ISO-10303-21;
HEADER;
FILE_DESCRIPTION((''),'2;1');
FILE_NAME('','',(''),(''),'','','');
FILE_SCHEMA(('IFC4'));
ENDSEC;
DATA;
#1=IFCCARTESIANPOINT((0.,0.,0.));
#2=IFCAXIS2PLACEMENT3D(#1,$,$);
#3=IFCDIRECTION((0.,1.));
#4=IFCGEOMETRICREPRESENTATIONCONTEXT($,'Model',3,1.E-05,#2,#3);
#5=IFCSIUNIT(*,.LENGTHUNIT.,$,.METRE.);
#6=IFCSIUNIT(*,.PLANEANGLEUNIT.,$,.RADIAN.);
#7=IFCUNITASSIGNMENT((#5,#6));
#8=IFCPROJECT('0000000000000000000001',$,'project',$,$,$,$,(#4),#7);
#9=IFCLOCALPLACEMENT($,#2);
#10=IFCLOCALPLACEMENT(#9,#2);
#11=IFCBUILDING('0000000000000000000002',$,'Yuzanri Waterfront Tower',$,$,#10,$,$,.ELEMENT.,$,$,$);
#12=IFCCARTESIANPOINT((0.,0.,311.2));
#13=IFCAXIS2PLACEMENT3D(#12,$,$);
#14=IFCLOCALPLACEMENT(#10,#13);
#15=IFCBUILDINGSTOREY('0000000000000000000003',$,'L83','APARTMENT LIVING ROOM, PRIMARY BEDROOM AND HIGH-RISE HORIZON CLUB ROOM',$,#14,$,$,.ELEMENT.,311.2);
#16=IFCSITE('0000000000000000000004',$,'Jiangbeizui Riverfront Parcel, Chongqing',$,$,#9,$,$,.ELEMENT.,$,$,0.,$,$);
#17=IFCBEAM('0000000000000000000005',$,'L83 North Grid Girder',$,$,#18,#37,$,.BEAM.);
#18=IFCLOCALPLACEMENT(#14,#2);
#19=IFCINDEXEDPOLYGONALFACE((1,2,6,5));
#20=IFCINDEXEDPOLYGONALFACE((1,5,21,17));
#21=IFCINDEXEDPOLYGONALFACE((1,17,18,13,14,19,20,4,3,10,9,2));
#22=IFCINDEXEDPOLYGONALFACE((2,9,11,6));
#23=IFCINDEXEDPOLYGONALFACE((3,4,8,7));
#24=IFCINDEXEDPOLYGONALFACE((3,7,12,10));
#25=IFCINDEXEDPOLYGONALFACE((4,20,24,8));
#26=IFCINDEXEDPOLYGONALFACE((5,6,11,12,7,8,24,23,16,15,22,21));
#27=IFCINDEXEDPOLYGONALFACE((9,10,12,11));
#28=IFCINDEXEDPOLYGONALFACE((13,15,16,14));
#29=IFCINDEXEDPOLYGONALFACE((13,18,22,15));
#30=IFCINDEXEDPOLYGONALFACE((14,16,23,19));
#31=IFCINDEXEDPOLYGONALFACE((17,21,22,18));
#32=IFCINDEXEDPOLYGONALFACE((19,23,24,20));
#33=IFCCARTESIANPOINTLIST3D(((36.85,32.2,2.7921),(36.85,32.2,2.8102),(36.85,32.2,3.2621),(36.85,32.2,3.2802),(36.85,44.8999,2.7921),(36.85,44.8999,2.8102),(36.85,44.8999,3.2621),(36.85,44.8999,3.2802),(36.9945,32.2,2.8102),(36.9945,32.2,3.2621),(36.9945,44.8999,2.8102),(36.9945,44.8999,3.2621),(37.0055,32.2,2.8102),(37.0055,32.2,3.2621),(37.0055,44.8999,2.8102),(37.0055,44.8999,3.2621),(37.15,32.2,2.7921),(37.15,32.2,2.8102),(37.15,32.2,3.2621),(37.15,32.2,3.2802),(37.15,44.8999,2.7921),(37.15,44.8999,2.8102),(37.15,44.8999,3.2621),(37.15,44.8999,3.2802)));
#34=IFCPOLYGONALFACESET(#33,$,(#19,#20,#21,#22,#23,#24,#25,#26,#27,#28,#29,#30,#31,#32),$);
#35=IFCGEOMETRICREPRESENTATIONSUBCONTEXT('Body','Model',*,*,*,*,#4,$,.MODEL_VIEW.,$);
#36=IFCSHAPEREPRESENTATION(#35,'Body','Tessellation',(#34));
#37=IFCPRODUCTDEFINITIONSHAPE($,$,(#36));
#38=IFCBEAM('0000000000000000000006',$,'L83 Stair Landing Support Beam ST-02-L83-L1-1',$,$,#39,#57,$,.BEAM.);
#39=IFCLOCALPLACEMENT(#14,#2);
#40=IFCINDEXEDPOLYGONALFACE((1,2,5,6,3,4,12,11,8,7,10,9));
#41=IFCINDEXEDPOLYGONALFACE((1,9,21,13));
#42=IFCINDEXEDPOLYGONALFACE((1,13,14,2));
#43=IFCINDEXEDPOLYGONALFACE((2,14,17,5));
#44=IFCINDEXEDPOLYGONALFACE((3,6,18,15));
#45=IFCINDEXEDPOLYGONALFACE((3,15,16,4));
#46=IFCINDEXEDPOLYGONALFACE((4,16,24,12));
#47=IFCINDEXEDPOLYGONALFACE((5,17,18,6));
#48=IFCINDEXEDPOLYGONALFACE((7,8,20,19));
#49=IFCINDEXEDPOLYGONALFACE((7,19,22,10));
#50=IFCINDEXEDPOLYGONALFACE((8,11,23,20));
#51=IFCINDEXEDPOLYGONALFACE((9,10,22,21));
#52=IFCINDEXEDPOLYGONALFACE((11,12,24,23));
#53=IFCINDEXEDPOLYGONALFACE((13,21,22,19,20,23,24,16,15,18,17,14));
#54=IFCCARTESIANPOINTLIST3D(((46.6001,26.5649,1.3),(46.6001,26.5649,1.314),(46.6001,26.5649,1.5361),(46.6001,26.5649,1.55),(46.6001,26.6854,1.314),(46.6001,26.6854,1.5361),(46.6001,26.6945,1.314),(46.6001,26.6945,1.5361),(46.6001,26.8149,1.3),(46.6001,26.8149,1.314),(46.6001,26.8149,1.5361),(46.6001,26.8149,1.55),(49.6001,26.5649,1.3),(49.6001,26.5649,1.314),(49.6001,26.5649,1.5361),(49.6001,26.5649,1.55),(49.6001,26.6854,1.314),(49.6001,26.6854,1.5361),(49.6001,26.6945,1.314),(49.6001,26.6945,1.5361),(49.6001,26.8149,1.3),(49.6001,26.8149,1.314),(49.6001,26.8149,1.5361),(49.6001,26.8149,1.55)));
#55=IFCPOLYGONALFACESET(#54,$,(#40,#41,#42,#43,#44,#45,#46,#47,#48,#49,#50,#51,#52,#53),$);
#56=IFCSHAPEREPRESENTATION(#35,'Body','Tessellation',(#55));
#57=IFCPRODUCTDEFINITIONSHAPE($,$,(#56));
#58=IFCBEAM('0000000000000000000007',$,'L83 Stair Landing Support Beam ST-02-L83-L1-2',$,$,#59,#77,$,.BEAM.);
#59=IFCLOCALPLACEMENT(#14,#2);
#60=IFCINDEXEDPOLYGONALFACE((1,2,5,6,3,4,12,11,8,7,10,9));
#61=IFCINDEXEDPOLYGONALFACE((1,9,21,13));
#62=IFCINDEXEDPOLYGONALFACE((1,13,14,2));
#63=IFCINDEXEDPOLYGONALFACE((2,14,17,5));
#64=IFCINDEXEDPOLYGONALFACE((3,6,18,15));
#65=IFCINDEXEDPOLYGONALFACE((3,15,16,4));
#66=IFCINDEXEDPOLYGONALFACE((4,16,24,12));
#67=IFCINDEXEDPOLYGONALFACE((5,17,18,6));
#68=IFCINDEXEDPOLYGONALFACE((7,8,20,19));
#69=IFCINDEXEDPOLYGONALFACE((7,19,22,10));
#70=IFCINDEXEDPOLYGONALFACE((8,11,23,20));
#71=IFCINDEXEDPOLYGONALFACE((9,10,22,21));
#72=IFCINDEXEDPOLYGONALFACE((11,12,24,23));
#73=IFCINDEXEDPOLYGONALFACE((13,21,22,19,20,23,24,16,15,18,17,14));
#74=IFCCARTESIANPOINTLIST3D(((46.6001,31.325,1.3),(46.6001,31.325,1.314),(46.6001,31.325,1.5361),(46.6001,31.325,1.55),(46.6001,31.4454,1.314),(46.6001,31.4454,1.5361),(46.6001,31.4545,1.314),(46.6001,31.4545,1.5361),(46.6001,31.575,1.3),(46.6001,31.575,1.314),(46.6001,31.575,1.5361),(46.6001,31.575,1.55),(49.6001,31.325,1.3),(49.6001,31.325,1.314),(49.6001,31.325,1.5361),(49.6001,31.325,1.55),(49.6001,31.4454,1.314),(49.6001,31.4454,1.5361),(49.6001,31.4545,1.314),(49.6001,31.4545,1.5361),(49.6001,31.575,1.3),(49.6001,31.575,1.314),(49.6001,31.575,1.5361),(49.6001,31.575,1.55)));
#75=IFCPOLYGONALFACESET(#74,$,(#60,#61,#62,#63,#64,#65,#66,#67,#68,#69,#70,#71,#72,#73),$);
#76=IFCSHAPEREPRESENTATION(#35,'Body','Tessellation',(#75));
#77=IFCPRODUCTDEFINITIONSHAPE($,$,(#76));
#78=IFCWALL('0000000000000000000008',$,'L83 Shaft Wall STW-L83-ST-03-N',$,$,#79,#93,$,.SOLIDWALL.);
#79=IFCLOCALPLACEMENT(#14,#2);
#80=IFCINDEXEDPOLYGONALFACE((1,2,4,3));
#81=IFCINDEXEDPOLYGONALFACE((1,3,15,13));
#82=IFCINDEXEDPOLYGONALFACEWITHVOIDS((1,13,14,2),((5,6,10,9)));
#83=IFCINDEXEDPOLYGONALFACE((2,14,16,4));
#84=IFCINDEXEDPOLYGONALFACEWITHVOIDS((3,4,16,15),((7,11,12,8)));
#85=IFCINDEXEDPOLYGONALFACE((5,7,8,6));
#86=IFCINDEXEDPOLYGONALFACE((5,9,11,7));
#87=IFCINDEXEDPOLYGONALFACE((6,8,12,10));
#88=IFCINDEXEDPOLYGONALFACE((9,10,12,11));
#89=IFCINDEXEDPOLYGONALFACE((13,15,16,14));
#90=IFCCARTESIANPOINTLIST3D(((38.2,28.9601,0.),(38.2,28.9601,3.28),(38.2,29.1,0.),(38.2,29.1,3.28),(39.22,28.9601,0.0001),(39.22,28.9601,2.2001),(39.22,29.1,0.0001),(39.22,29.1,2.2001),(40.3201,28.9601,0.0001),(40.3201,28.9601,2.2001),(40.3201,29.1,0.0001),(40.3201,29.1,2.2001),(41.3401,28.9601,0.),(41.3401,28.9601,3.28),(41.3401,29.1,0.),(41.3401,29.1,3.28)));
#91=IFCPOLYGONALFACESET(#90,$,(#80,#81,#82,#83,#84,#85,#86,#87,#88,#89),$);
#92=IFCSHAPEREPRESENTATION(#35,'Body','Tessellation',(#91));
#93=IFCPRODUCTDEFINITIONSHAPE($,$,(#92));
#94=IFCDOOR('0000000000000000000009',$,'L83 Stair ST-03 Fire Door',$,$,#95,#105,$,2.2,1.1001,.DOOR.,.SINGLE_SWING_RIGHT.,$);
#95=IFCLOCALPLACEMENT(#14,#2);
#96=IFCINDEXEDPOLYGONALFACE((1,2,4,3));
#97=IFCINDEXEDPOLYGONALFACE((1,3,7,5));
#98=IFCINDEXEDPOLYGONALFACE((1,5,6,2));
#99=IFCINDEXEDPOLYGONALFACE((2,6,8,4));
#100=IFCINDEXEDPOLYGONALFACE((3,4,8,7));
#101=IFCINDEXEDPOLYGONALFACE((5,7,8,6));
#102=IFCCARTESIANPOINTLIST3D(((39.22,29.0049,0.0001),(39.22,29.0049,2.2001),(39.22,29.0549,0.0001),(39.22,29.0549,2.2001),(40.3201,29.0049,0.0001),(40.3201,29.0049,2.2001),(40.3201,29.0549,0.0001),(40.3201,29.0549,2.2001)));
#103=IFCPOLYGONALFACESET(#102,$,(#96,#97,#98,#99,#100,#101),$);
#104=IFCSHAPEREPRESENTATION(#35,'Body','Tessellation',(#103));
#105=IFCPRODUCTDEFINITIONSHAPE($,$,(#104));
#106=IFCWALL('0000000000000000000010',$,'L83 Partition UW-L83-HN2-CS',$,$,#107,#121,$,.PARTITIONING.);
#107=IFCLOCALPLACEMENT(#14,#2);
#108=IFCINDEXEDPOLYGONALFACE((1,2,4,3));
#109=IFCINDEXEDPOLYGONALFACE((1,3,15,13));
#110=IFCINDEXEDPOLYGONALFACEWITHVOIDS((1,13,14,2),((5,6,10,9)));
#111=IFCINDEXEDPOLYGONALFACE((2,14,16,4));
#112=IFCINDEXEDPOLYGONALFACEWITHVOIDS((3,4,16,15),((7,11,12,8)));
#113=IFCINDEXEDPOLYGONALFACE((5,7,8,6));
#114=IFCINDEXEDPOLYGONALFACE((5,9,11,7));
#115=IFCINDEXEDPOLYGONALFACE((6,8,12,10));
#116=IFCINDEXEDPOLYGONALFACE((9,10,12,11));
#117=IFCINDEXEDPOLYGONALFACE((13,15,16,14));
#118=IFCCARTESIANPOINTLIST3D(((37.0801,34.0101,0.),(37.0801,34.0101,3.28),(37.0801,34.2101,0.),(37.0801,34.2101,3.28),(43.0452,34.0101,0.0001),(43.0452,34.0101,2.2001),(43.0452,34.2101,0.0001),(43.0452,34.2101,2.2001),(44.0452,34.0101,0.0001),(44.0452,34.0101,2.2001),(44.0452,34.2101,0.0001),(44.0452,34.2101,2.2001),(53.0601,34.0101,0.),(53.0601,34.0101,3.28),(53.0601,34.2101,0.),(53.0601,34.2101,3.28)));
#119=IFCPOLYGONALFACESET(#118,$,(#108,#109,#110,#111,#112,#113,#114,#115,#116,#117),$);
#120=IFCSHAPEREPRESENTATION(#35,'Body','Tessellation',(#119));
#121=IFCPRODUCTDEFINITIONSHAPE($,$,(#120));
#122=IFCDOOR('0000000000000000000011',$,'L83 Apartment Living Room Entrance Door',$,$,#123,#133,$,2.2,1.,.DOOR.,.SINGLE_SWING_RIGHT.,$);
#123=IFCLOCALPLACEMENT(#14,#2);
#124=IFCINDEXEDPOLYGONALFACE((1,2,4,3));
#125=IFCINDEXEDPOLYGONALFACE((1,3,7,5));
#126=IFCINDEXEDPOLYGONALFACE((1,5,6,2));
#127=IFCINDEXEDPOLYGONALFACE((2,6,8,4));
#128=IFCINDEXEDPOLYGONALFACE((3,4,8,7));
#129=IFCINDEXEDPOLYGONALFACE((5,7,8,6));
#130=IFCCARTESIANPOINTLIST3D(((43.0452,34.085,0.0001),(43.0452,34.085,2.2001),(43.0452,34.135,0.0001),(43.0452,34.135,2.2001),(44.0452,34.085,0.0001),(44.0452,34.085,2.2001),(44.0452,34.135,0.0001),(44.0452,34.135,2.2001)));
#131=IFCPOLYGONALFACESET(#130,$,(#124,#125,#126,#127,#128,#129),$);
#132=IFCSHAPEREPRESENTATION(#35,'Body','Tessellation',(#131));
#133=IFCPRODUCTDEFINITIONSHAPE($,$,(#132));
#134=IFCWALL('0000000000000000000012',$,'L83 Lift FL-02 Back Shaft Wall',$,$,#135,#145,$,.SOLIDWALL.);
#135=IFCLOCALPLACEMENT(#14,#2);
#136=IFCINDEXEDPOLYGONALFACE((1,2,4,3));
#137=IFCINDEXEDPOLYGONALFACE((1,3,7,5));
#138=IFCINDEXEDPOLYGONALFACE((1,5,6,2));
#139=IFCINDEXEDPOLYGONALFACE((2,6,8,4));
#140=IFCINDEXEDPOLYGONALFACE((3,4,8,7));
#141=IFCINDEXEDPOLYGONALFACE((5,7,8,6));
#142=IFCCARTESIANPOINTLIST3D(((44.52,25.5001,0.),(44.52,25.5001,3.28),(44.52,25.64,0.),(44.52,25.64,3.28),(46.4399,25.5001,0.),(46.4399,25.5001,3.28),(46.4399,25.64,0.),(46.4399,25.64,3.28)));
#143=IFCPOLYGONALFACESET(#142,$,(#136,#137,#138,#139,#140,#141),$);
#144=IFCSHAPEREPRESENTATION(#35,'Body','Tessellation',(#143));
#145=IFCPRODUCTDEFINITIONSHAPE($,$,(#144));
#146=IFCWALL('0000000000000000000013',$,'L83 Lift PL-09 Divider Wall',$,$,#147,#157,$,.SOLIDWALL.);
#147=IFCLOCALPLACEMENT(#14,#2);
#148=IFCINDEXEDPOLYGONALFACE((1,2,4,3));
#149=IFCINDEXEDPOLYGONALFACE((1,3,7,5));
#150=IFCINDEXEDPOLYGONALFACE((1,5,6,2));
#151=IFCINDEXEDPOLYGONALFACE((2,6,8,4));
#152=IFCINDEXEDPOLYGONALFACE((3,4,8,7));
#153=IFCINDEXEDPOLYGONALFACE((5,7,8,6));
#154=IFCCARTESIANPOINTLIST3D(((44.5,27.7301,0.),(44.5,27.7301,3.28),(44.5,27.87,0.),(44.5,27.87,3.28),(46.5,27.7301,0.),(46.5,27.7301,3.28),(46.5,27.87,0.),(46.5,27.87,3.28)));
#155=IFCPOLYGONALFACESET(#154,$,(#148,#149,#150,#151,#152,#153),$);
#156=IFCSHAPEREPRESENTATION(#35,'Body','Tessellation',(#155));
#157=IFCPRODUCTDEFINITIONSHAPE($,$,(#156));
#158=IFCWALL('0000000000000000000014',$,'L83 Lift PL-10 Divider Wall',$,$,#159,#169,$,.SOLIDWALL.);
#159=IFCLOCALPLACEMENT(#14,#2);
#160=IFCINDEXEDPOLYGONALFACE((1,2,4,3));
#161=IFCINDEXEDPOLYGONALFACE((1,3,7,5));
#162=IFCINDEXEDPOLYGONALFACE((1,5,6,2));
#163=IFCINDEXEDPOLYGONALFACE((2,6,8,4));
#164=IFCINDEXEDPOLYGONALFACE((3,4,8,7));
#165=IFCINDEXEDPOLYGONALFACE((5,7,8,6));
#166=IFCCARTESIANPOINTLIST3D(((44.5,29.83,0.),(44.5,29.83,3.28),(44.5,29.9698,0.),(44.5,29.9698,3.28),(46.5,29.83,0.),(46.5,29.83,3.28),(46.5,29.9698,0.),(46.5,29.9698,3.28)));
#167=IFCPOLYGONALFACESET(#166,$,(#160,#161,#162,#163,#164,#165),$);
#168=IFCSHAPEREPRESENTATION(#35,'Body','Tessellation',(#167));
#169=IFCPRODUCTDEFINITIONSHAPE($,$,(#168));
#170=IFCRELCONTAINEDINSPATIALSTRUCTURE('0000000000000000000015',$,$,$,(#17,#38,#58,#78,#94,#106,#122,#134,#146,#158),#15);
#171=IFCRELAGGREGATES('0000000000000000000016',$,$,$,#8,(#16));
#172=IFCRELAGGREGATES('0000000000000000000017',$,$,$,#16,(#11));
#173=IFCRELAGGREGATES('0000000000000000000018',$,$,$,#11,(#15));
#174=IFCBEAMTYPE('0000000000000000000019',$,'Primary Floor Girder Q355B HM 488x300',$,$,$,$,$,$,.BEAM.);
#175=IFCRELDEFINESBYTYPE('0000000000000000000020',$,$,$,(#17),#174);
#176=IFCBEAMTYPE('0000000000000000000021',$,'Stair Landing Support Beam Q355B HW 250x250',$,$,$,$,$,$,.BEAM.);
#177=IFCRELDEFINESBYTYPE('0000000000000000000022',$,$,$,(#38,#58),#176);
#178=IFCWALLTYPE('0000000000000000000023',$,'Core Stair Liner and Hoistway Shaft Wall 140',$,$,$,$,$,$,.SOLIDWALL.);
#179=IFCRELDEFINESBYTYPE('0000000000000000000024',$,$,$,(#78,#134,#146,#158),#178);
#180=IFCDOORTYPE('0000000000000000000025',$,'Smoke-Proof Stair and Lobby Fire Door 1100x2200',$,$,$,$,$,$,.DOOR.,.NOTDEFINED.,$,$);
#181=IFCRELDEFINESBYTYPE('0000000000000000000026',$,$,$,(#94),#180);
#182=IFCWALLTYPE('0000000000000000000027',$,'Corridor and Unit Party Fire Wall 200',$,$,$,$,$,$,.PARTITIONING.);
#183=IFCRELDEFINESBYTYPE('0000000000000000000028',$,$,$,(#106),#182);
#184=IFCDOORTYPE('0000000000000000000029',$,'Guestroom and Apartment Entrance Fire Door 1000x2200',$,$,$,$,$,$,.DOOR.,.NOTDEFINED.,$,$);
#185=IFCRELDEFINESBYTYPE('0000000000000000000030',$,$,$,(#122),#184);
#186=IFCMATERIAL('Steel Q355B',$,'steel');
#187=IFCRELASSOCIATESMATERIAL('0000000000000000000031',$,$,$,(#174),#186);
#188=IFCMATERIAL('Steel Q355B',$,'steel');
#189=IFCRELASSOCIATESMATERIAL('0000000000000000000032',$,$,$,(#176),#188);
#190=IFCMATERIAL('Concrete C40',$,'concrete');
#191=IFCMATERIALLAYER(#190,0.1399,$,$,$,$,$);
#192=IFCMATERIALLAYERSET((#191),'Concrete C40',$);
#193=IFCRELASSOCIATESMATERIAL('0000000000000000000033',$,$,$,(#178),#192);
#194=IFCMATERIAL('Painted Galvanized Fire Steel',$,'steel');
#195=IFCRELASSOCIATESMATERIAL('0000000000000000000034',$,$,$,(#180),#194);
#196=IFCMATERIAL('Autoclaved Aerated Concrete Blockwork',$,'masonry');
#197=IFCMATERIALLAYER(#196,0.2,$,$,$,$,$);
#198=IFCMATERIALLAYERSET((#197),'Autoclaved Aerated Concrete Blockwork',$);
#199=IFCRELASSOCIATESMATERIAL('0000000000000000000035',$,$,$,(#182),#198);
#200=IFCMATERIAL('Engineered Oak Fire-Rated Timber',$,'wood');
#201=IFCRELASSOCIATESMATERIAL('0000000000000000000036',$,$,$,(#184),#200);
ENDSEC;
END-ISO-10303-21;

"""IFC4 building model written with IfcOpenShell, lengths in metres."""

from ifc_helpers import new_model, si_unit, direction, frame, frame_2d, origin, origin_2d, place, context, subcontext, project, spatial, rectangle, i_section, extrude, source, transform, mapped, material, layer, layer_set, material_profile, profile_set, type_object, element, fill, save


model = new_model("IFC4")

# Units and contexts
model_context = context("Model", 3, precision=1e-05, world=origin(), true_north=direction((0.0, 1.0)))
body_context = subcontext(model_context, "Body", "Model", "MODEL_VIEW")
ifc_project = project(units=[si_unit("LENGTHUNIT", "METRE"), si_unit("PLANEANGLEUNIT", "RADIAN")], contexts=[model_context])

# Site, building, storey
site_placement = place(None, origin())
site = spatial("IfcSite", under=ifc_project, at=site_placement, Name="Jiangbeizui Riverfront Parcel, Chongqing", CompositionType="ELEMENT", RefElevation=0.0)
building_placement = place(site_placement, origin())
building = spatial("IfcBuilding", under=site, at=building_placement, Name="Yuzanri Waterfront Tower", CompositionType="ELEMENT")
storey_placement = place(building_placement, frame((0.0, 0.0, 311.2)))
storey = spatial("IfcBuildingStorey", under=building, at=storey_placement, Name="L83", Description="APARTMENT LIVING ROOM, PRIMARY BEDROOM AND HIGH-RISE HORIZON CLUB ROOM", CompositionType="ELEMENT", Elevation=311.2)

# Beams
ifc_material_1 = material(Name="Steel Q355B", Category="steel")
ifc_material_profile_1 = material_profile(ifc_material_1, i_section(OverallWidth=0.3, OverallDepth=0.488, WebThickness=0.011, FlangeThickness=0.0181, at=origin_2d()), Name="HM 488x300x11x18")
ifc_profile_set_1 = profile_set([ifc_material_profile_1], Name="Steel Q355B")
beam_type_1 = type_object("IfcBeamType", Name="Primary Floor Girder Q355B HM 488x300", PredefinedType="BEAM", material=ifc_profile_set_1)
shared_shape_1 = source(origin(), body_context, "Body", "SweptSolid", [
    extrude(i_section(OverallWidth=0.3, OverallDepth=0.488, WebThickness=0.011, FlangeThickness=0.0181, at=origin_2d()), origin(), (0.0, 0.0, 1.0), 12.7),
])
beam_placement = place(storey_placement, frame((37.0, 32.2, 3.0361), z_axis=(0.0, 1.0, 0.0), x_axis=(-1.0, 0.0, 0.0)))
element("IfcBeam", 1, at=beam_placement, inside=storey, type_object=beam_type_1, Name="L83 North Grid Girder", PredefinedType="BEAM", context=body_context, shape_type="MappedRepresentation", body=[
    mapped(shared_shape_1, transform((0.0, 0.0, 0.0), scale=1.0)),
])
ifc_material_2 = material(Name="Steel Q355B", Category="steel")
ifc_material_profile_2 = material_profile(ifc_material_2, i_section(OverallWidth=0.25, OverallDepth=0.25, WebThickness=0.009, FlangeThickness=0.0139, at=origin_2d()), Name="HW 250x250x9x14")
ifc_profile_set_2 = profile_set([ifc_material_profile_2], Name="Steel Q355B")
beam_type_2 = type_object("IfcBeamType", Name="Stair Landing Support Beam Q355B HW 250x250", PredefinedType="BEAM", material=ifc_profile_set_2)
shared_shape_2 = source(origin(), body_context, "Body", "SweptSolid", [
    extrude(i_section(OverallWidth=0.25, OverallDepth=0.25, WebThickness=0.009, FlangeThickness=0.0139, at=origin_2d()), origin(), (0.0, 0.0, 1.0), 3.0),
])
for number, where, z_axis, x_axis, name in (
    (2, (46.6001, 26.6899, 1.425), (1.0, 0.0, 0.0), (0.0, 1.0, 0.0), "L83 Stair Landing Support Beam ST-02-L83-L1-1"),
    (3, (46.6001, 31.45, 1.425), (1.0, 0.0, 0.0), (0.0, 1.0, 0.0), "L83 Stair Landing Support Beam ST-02-L83-L1-2"),
):
    element("IfcBeam", number, at=place(storey_placement, frame(where, z_axis=z_axis, x_axis=x_axis)), inside=storey, type_object=beam_type_2, Name=name, PredefinedType="BEAM", context=body_context, shape_type="MappedRepresentation", body=[
        mapped(shared_shape_2, transform((0.0, 0.0, 0.0), scale=1.0)),
    ])

# Walls, openings, doors
ifc_material_3 = material(Name="Concrete C40", Category="concrete")
ifc_layer_1 = layer(ifc_material_3, 0.1399)
ifc_layer_set_1 = layer_set([ifc_layer_1], Name="Concrete C40")
wall_type_1 = type_object("IfcWallType", Name="Core Stair Liner and Hoistway Shaft Wall 140", PredefinedType="SOLIDWALL", material=ifc_layer_set_1)
wall_1_placement = place(storey_placement, frame((38.2, 29.03, 0.0), z_axis=(0.0, 0.0, 1.0), x_axis=(1.0, 0.0, 0.0)))
wall_1 = element("IfcWall", 4, at=wall_1_placement, inside=storey, type_object=wall_type_1, Name="L83 Shaft Wall STW-L83-ST-03-N", PredefinedType="SOLIDWALL", context=body_context, shape_type="SweptSolid", body=[
    extrude(rectangle(XDim=3.1401, YDim=0.1399, at=frame_2d((1.5701, 0.0))), origin(), (0.0, 0.0, 1.0), 3.28),
])
opening_1_placement = place(wall_1_placement, frame((1.02, 0.0, 0.0)))
opening_1 = element("IfcOpeningElement", 5, at=opening_1_placement, cuts=wall_1, PredefinedType="OPENING", context=body_context, shape_type="SweptSolid", body=[
    extrude(rectangle(XDim=1.1001, YDim=2.2, at=frame_2d((0.55, 1.1001))), frame((0.0, 0.085, 0.0), z_axis=(0.0, -1.0, 0.0), x_axis=(1.0, 0.0, 0.0)), (0.0, 0.0, 1.0), 0.1697),
])
ifc_material_4 = material(Name="Painted Galvanized Fire Steel", Category="steel")
door_type_1 = type_object("IfcDoorType", Name="Smoke-Proof Stair and Lobby Fire Door 1100x2200", OperationType="NOTDEFINED", PredefinedType="DOOR", material=ifc_material_4)
shared_shape_3 = source(origin(), body_context, "Body", "SweptSolid", [
    extrude(rectangle(XDim=1.1001, YDim=2.2, at=frame_2d((0.55, 1.1001))), frame((0.0, 0.0249, 0.0), z_axis=(0.0, -1.0, 0.0), x_axis=(1.0, 0.0, 0.0)), (0.0, 0.0, 1.0), 0.05),
])
door_1_placement = place(opening_1_placement, origin())
door_1 = element("IfcDoor", 6, at=door_1_placement, inside=storey, type_object=door_type_1, Name="L83 Stair ST-03 Fire Door", OperationType="SINGLE_SWING_RIGHT", OverallHeight=2.2, OverallWidth=1.1001, PredefinedType="DOOR", context=body_context, shape_type="MappedRepresentation", body=[
    mapped(shared_shape_3, transform((0.0, 0.0, 0.0), scale=1.0)),
])
fill(opening_1, door_1)
ifc_material_5 = material(Name="Autoclaved Aerated Concrete Blockwork", Category="masonry")
ifc_layer_2 = layer(ifc_material_5, 0.2)
ifc_layer_set_2 = layer_set([ifc_layer_2], Name="Autoclaved Aerated Concrete Blockwork")
wall_type_2 = type_object("IfcWallType", Name="Corridor and Unit Party Fire Wall 200", PredefinedType="PARTITIONING", material=ifc_layer_set_2)
wall_2_placement = place(storey_placement, frame((37.0801, 34.1101, 0.0), z_axis=(0.0, 0.0, 1.0), x_axis=(1.0, 0.0, 0.0)))
wall_2 = element("IfcWall", 7, at=wall_2_placement, inside=storey, type_object=wall_type_2, Name="L83 Partition UW-L83-HN2-CS", PredefinedType="PARTITIONING", context=body_context, shape_type="SweptSolid", body=[
    extrude(rectangle(XDim=15.98, YDim=0.2, at=frame_2d((7.99, 0.0))), origin(), (0.0, 0.0, 1.0), 3.28),
])
opening_2_placement = place(wall_2_placement, frame((5.9651, 0.0, 0.0)))
opening_2 = element("IfcOpeningElement", 8, at=opening_2_placement, cuts=wall_2, PredefinedType="OPENING", context=body_context, shape_type="SweptSolid", body=[
    extrude(rectangle(XDim=1.0, YDim=2.2, at=frame_2d((0.5, 1.1001))), frame((0.0, 0.1147, 0.0), z_axis=(0.0, -1.0, 0.0), x_axis=(1.0, 0.0, 0.0)), (0.0, 0.0, 1.0), 0.2297),
])
ifc_material_6 = material(Name="Engineered Oak Fire-Rated Timber", Category="wood")
door_type_2 = type_object("IfcDoorType", Name="Guestroom and Apartment Entrance Fire Door 1000x2200", OperationType="NOTDEFINED", PredefinedType="DOOR", material=ifc_material_6)
shared_shape_4 = source(origin(), body_context, "Body", "SweptSolid", [
    extrude(rectangle(XDim=1.0, YDim=2.2, at=frame_2d((0.5, 1.1001))), frame((0.0, 0.0249, 0.0), z_axis=(0.0, -1.0, 0.0), x_axis=(1.0, 0.0, 0.0)), (0.0, 0.0, 1.0), 0.05),
])
door_2_placement = place(opening_2_placement, origin())
door_2 = element("IfcDoor", 9, at=door_2_placement, inside=storey, type_object=door_type_2, Name="L83 Apartment Living Room Entrance Door", OperationType="SINGLE_SWING_RIGHT", OverallHeight=2.2, OverallWidth=1.0, PredefinedType="DOOR", context=body_context, shape_type="MappedRepresentation", body=[
    mapped(shared_shape_4, transform((0.0, 0.0, 0.0), scale=1.0)),
])
fill(opening_2, door_2)

# Walls
shared_shape_5 = source(origin(), body_context, "Body", "SweptSolid", [
    extrude(rectangle(XDim=1.9199, YDim=0.1399, at=frame_2d((0.96, 0.0))), origin(), (0.0, 0.0, 1.0), 3.28),
])
wall_3_placement = place(storey_placement, frame((44.52, 25.5701, 0.0), z_axis=(0.0, 0.0, 1.0), x_axis=(1.0, 0.0, 0.0)))
element("IfcWall", 10, at=wall_3_placement, inside=storey, type_object=wall_type_1, Name="L83 Lift FL-02 Back Shaft Wall", PredefinedType="SOLIDWALL", context=body_context, shape_type="MappedRepresentation", body=[
    mapped(shared_shape_5, transform((0.0, 0.0, 0.0), scale=1.0)),
])
shared_shape_6 = source(origin(), body_context, "Body", "SweptSolid", [
    extrude(rectangle(XDim=2.0, YDim=0.1399, at=frame_2d((1.0, 0.0))), origin(), (0.0, 0.0, 1.0), 3.28),
])
for number, where, z_axis, x_axis, name in (
    (11, (44.5, 27.8, 0.0), (0.0, 0.0, 1.0), (1.0, 0.0, 0.0), "L83 Lift PL-09 Divider Wall"),
    (12, (44.5, 29.8999, 0.0), (0.0, 0.0, 1.0), (1.0, 0.0, 0.0), "L83 Lift PL-10 Divider Wall"),
):
    element("IfcWall", number, at=place(storey_placement, frame(where, z_axis=z_axis, x_axis=x_axis)), inside=storey, type_object=wall_type_1, Name=name, PredefinedType="SOLIDWALL", context=body_context, shape_type="MappedRepresentation", body=[
        mapped(shared_shape_6, transform((0.0, 0.0, 0.0), scale=1.0)),
    ])

save(model, "model.ifc")
